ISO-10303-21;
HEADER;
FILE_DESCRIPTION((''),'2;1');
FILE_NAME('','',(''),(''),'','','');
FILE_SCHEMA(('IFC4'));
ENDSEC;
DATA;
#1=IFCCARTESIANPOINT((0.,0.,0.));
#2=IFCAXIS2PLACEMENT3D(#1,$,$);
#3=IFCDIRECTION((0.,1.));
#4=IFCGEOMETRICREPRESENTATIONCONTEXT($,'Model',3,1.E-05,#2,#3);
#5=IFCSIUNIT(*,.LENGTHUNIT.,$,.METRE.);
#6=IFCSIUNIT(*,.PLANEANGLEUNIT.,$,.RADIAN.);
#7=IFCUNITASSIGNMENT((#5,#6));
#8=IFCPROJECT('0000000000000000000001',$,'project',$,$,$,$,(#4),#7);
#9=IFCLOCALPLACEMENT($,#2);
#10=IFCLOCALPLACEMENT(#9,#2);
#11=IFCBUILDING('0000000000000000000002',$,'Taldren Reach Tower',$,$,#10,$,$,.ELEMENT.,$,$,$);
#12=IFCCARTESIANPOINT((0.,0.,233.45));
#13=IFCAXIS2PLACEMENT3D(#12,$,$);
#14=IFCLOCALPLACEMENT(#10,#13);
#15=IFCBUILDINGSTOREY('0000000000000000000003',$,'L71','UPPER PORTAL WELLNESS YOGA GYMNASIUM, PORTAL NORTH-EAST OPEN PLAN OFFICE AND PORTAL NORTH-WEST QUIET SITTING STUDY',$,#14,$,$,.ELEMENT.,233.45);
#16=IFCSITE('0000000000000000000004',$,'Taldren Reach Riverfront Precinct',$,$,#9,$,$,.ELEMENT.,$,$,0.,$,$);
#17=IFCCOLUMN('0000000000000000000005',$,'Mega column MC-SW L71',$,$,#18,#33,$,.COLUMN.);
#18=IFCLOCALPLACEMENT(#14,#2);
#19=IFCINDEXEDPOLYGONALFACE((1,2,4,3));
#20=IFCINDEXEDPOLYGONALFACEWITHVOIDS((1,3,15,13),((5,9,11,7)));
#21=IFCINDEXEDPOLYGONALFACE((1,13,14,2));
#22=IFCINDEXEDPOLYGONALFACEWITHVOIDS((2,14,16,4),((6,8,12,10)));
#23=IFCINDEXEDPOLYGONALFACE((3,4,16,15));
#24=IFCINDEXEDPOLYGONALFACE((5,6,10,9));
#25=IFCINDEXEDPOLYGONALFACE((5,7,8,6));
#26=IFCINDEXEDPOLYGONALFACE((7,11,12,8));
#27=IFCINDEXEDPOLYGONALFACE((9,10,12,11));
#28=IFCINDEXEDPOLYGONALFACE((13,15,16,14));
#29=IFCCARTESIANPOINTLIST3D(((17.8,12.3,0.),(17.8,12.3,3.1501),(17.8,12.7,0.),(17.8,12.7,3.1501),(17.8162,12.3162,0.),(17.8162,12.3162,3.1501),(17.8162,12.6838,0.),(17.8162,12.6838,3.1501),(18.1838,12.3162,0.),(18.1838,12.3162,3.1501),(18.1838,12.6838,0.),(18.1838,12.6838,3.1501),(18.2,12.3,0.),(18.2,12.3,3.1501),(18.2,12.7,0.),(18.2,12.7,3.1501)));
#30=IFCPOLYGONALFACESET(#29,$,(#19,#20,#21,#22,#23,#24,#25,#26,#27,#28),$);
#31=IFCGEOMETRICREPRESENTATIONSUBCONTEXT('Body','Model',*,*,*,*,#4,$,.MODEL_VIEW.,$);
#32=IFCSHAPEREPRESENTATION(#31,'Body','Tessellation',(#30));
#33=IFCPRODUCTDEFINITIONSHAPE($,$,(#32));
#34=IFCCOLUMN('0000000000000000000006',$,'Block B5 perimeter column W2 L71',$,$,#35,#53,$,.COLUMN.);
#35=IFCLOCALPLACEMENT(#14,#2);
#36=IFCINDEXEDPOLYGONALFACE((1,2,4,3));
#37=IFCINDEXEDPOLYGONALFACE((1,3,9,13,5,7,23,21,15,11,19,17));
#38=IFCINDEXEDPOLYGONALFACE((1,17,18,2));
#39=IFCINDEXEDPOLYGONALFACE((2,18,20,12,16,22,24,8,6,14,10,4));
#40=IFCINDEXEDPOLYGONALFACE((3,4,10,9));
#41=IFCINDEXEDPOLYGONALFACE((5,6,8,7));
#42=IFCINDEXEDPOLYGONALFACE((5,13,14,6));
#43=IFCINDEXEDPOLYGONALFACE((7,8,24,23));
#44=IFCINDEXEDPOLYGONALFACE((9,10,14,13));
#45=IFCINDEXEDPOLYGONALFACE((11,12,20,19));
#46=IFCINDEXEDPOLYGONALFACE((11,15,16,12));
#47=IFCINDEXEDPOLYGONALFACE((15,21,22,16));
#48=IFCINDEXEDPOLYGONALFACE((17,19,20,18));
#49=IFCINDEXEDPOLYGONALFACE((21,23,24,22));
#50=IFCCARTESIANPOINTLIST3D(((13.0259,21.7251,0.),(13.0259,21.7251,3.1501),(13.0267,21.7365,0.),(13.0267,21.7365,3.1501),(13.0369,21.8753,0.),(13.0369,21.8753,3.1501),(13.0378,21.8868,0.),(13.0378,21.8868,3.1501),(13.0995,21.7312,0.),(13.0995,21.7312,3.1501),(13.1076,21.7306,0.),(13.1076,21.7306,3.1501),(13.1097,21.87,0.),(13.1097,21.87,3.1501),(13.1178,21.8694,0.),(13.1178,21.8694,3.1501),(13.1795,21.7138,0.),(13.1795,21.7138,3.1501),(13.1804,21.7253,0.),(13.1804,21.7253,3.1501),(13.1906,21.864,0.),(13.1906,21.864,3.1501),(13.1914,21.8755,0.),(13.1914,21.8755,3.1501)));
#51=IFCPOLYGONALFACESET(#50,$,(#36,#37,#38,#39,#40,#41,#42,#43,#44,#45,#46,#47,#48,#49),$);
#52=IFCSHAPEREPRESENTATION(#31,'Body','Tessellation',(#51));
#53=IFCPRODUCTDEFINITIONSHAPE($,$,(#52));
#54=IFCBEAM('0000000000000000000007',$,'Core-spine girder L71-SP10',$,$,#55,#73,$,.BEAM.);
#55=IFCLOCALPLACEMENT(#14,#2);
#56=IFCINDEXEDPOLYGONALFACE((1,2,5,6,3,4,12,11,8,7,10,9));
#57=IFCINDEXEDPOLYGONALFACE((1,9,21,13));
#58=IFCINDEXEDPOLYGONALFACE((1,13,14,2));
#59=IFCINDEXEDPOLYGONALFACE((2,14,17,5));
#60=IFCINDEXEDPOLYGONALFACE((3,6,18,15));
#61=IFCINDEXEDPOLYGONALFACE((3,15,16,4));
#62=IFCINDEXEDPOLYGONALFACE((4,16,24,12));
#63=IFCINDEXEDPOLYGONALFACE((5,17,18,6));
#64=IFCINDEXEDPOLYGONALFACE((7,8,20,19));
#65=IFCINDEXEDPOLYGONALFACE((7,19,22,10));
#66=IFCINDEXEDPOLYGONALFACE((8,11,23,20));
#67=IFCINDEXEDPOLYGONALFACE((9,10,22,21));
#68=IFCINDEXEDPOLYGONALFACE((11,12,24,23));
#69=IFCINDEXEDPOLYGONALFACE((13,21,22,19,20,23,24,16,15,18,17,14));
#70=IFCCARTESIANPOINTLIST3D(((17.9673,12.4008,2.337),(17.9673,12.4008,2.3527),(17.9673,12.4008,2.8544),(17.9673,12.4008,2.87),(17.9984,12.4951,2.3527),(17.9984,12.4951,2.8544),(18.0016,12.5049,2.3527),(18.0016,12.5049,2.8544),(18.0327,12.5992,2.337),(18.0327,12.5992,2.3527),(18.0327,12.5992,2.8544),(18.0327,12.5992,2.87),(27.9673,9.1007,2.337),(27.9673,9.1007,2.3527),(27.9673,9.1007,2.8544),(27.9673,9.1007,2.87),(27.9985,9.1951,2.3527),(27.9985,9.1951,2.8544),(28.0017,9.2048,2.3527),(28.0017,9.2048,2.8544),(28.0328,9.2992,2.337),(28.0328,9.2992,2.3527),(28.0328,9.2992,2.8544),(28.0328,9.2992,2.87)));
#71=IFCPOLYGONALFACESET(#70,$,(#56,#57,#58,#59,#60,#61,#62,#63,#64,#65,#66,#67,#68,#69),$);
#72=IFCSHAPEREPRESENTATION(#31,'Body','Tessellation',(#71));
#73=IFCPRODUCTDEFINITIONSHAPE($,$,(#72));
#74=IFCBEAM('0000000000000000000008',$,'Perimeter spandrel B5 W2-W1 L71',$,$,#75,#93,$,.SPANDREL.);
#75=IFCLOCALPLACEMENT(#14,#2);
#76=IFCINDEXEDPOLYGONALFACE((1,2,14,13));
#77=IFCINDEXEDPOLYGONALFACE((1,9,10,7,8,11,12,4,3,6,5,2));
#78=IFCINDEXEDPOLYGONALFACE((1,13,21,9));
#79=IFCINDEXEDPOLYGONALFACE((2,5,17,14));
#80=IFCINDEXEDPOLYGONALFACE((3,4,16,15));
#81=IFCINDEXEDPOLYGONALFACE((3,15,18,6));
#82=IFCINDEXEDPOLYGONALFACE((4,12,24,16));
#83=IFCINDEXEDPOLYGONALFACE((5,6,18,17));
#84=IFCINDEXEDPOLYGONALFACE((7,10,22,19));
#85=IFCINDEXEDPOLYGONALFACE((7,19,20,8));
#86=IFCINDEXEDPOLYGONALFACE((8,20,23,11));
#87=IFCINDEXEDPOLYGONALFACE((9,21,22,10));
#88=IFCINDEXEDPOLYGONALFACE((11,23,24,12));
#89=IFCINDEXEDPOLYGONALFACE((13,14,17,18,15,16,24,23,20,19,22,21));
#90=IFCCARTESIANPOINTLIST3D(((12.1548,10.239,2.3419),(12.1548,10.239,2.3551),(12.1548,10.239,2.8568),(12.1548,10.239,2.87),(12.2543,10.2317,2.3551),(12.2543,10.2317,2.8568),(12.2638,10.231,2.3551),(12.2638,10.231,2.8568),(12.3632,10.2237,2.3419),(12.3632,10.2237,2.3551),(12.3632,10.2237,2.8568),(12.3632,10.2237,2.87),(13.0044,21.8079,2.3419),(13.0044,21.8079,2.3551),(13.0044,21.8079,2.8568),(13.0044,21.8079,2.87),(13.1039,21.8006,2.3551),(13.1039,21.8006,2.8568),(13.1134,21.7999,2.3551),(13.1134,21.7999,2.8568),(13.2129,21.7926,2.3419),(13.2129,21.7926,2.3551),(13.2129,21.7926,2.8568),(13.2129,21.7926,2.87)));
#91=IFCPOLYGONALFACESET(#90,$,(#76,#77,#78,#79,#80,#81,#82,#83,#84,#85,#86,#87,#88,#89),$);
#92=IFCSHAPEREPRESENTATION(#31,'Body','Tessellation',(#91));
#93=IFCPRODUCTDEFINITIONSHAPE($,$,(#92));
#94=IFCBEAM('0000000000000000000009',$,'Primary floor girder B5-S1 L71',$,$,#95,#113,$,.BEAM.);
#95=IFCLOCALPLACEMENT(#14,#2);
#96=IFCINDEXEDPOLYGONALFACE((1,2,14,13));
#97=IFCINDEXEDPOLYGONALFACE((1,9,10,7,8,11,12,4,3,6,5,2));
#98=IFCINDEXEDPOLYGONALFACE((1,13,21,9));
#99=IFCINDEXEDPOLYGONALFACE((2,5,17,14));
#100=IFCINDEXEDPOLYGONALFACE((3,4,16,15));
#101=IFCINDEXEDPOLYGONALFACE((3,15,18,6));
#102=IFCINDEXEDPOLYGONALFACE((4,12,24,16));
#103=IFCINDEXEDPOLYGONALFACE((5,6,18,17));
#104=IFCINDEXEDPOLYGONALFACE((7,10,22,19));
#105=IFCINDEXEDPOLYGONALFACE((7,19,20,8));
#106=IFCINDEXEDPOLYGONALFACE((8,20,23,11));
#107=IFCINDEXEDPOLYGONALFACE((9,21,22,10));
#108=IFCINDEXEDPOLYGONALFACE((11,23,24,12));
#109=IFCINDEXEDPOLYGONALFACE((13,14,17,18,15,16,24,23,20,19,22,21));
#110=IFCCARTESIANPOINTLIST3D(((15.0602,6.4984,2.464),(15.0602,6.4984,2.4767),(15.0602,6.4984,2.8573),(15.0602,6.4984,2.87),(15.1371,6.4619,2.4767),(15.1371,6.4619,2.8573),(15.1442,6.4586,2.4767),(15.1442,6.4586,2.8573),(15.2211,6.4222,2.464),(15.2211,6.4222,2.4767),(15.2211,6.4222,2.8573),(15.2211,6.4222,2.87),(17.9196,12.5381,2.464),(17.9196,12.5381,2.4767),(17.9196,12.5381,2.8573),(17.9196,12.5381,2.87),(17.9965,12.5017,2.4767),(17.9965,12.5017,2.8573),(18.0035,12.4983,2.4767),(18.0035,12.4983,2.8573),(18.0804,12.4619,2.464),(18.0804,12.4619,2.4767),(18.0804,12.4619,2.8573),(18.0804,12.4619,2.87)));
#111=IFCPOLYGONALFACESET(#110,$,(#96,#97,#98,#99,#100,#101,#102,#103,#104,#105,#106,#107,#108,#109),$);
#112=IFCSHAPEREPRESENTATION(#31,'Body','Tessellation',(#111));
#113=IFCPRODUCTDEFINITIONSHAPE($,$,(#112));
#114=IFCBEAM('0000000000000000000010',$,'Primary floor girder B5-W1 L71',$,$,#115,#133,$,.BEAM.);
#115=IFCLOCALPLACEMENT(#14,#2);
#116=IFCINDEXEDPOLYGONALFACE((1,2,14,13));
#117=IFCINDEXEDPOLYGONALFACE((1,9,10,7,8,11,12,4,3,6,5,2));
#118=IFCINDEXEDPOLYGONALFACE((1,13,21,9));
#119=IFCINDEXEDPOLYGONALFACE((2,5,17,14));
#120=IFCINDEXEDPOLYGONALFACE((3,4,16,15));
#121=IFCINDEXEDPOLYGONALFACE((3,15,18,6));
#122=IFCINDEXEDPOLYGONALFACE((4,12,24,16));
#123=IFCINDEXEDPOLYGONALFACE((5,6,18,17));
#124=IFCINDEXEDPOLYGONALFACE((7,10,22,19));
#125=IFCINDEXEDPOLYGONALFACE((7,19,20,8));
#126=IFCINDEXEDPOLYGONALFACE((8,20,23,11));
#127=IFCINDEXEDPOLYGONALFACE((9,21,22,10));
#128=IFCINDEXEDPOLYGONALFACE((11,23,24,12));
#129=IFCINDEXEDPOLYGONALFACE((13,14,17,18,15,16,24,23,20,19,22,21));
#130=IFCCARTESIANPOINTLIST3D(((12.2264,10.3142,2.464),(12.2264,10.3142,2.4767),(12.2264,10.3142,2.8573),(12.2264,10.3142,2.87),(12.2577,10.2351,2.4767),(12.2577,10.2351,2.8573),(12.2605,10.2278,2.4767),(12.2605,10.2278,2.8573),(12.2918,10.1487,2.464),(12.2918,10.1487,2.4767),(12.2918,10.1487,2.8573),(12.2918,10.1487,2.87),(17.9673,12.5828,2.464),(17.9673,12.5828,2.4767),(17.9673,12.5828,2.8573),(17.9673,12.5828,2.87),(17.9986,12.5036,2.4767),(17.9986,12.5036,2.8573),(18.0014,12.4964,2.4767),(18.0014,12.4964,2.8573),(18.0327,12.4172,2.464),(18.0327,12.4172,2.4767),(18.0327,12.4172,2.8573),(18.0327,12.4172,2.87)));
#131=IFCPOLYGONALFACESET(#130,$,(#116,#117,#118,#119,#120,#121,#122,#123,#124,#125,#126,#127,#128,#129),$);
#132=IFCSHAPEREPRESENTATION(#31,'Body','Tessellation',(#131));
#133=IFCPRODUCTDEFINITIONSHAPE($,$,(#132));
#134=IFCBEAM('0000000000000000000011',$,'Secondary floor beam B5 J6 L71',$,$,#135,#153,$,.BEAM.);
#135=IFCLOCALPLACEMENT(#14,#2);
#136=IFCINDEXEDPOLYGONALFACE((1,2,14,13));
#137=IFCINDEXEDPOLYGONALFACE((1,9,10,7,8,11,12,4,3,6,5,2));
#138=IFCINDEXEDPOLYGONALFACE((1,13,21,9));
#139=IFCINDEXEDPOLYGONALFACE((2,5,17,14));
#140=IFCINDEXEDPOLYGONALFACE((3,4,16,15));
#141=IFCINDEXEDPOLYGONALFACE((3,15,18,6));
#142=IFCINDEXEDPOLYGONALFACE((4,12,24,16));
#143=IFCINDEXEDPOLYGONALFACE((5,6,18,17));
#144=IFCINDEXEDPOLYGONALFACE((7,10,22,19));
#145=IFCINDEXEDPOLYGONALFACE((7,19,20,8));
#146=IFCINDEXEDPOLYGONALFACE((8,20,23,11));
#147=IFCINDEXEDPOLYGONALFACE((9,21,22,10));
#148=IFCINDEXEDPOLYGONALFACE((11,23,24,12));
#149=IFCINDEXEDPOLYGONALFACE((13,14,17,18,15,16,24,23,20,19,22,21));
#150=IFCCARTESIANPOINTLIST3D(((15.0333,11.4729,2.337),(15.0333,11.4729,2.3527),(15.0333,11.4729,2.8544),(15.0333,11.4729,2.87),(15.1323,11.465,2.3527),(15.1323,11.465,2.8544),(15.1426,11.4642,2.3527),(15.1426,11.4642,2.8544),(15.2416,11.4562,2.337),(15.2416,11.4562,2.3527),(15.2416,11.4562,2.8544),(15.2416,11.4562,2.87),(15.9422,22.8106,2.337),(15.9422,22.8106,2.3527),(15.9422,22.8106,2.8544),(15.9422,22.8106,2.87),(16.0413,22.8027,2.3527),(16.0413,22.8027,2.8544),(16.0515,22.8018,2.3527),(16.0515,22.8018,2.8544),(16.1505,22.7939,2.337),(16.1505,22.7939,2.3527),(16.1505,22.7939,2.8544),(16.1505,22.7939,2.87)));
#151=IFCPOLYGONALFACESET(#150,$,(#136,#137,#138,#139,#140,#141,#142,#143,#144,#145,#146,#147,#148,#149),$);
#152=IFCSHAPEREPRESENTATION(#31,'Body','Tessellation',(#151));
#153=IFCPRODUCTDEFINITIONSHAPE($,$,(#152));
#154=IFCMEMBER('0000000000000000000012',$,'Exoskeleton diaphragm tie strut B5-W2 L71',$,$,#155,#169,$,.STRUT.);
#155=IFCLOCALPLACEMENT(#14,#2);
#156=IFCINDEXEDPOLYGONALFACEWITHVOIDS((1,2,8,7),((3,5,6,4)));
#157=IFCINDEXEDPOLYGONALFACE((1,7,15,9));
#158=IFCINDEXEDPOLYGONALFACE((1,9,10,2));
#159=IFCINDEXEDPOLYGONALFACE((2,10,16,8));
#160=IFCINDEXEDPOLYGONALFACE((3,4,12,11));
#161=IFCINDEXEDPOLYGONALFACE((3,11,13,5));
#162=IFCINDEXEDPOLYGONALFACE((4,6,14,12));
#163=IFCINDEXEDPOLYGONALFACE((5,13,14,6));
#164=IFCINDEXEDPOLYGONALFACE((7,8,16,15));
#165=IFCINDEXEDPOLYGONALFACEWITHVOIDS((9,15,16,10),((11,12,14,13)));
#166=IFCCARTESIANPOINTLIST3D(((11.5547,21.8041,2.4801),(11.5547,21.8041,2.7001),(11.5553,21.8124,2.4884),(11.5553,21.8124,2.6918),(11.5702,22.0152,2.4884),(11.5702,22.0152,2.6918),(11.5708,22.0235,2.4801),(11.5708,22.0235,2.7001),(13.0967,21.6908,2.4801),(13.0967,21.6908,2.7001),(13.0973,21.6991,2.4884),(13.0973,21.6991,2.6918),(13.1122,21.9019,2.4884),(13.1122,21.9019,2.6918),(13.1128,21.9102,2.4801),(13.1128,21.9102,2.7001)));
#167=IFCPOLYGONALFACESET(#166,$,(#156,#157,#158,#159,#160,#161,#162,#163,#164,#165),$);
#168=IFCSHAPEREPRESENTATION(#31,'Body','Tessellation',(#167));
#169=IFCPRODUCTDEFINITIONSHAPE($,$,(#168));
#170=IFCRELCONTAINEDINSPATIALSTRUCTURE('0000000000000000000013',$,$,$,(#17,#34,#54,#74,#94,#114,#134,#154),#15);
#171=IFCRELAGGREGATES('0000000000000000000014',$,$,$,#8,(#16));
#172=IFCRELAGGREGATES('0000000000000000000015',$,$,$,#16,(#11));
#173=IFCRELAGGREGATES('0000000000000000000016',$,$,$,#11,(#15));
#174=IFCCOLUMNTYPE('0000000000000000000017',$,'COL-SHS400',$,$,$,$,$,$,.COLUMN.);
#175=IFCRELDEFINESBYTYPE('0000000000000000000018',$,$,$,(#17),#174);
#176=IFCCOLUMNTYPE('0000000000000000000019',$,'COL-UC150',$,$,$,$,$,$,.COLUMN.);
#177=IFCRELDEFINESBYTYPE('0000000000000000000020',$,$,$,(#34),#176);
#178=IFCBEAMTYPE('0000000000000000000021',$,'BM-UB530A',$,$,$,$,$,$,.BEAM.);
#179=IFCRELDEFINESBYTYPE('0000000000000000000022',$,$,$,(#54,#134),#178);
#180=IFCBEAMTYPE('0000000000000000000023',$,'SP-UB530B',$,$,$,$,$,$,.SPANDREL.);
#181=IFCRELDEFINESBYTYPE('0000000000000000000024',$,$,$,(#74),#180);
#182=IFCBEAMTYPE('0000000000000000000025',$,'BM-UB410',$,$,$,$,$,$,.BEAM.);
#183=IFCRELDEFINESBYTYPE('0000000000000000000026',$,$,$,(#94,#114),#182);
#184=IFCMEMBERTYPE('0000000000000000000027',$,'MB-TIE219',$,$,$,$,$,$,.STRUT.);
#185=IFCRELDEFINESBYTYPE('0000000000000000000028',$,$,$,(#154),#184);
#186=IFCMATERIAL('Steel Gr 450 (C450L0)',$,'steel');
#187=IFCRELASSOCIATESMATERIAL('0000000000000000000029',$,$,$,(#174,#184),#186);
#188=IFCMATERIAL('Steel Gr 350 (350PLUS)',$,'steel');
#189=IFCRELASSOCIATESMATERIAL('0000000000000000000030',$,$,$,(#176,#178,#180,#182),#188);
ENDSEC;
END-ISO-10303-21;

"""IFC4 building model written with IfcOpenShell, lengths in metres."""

from ifc_helpers import new_model, si_unit, direction, frame, origin, origin_2d, place, context, subcontext, project, spatial, hollow_rectangle, i_section, extrude, source, transform, mapped, material, material_profile, profile_set, type_object, element, save


model = new_model("IFC4")

# Units and contexts
model_context = context("Model", 3, precision=1e-05, world=origin(), true_north=direction((0.0, 1.0)))
body_context = subcontext(model_context, "Body", "Model", "MODEL_VIEW")
ifc_project = project(units=[si_unit("LENGTHUNIT", "METRE"), si_unit("PLANEANGLEUNIT", "RADIAN")], contexts=[model_context])

# Site, building, storey
site_placement = place(None, origin())
site = spatial("IfcSite", under=ifc_project, at=site_placement, Name="Taldren Reach Riverfront Precinct", CompositionType="ELEMENT", RefElevation=0.0)
building_placement = place(site_placement, origin())
building = spatial("IfcBuilding", under=site, at=building_placement, Name="Taldren Reach Tower", CompositionType="ELEMENT")
storey_placement = place(building_placement, frame((0.0, 0.0, 233.45)))
storey = spatial("IfcBuildingStorey", under=building, at=storey_placement, Name="L71", Description="UPPER PORTAL WELLNESS YOGA GYMNASIUM, PORTAL NORTH-EAST OPEN PLAN OFFICE AND PORTAL NORTH-WEST QUIET SITTING STUDY", CompositionType="ELEMENT", Elevation=233.45)

# Columns
ifc_material_1 = material(Name="Steel Gr 450 (C450L0)", Category="steel")
ifc_material_profile_1 = material_profile(ifc_material_1, hollow_rectangle(XDim=0.3999, YDim=0.3999, WallThickness=0.0161, at=origin_2d()), Name="400x400x16.0SHS")
ifc_profile_set_1 = profile_set([ifc_material_profile_1], Name="Steel Gr 450 (C450L0)")
column_type_1 = type_object("IfcColumnType", Name="COL-SHS400", PredefinedType="COLUMN", material=ifc_profile_set_1)
shared_shape_1 = source(origin(), body_context, "Body", "SweptSolid", [
    extrude(hollow_rectangle(XDim=0.3999, YDim=0.3999, WallThickness=0.0161, at=origin_2d()), origin(), (0.0, 0.0, 1.0), 3.1501),
])
column_1_placement = place(storey_placement, frame((18.0, 12.5, 0.0), z_axis=(0.0, 0.0, 1.0), x_axis=(1.0, 0.0, 0.0)))
element("IfcColumn", 1, at=column_1_placement, inside=storey, type_object=column_type_1, Name="Mega column MC-SW L71", PredefinedType="COLUMN", context=body_context, shape_type="MappedRepresentation", body=[
    mapped(shared_shape_1, transform((0.0, 0.0, 0.0), scale=1.0)),
])
ifc_material_2 = material(Name="Steel Gr 350 (350PLUS)", Category="steel")
ifc_material_profile_2 = material_profile(ifc_material_2, i_section(OverallWidth=0.1541, OverallDepth=0.1621, WebThickness=0.0081, FlangeThickness=0.0115, at=origin_2d()), Name="150UC37.2")
ifc_profile_set_2 = profile_set([ifc_material_profile_2], Name="Steel Gr 350 (350PLUS)")
column_type_2 = type_object("IfcColumnType", Name="COL-UC150", PredefinedType="COLUMN", material=ifc_profile_set_2)
shared_shape_2 = source(origin(), body_context, "Body", "SweptSolid", [
    extrude(i_section(OverallWidth=0.1541, OverallDepth=0.1621, WebThickness=0.0081, FlangeThickness=0.0115, at=origin_2d()), origin(), (0.0, 0.0, 1.0), 3.1501),
])
column_2_placement = place(storey_placement, frame((13.1086, 21.8003, 0.0), z_axis=(0.0, 0.0, 1.0), x_axis=(0.997314, -0.073238, 0.0)))
element("IfcColumn", 2, at=column_2_placement, inside=storey, type_object=column_type_2, Name="Block B5 perimeter column W2 L71", PredefinedType="COLUMN", context=body_context, shape_type="MappedRepresentation", body=[
    mapped(shared_shape_2, transform((0.0, 0.0, 0.0), scale=1.0)),
])

# Beams
ifc_material_profile_3 = material_profile(ifc_material_2, i_section(OverallWidth=0.209, OverallDepth=0.533, WebThickness=0.0103, FlangeThickness=0.0156, at=origin_2d()), Name="530UB92.4")
ifc_profile_set_3 = profile_set([ifc_material_profile_3], Name="Steel Gr 350 (350PLUS)")
beam_type_1 = type_object("IfcBeamType", Name="BM-UB530A", PredefinedType="BEAM", material=ifc_profile_set_3)
shared_shape_3 = source(origin(), body_context, "Body", "SweptSolid", [
    extrude(i_section(OverallWidth=0.209, OverallDepth=0.533, WebThickness=0.0103, FlangeThickness=0.0156, at=origin_2d()), origin(), (0.0, 0.0, 1.0), 10.5305),
])
beam_1_placement = place(storey_placement, frame((18.0, 12.5, 2.6035), z_axis=(0.949627, -0.313382, 0.0), x_axis=(0.313382, 0.949627, 0.0)))
element("IfcBeam", 3, at=beam_1_placement, inside=storey, type_object=beam_type_1, Name="Core-spine girder L71-SP10", PredefinedType="BEAM", context=body_context, shape_type="MappedRepresentation", body=[
    mapped(shared_shape_3, transform((0.0, 0.0, 0.0), scale=1.0)),
])
ifc_material_profile_4 = material_profile(ifc_material_2, i_section(OverallWidth=0.209, OverallDepth=0.5281, WebThickness=0.0095, FlangeThickness=0.0132, at=origin_2d()), Name="530UB82.0")
ifc_profile_set_4 = profile_set([ifc_material_profile_4], Name="Steel Gr 350 (350PLUS)")
beam_type_2 = type_object("IfcBeamType", Name="SP-UB530B", PredefinedType="SPANDREL", material=ifc_profile_set_4)
shared_shape_4 = source(origin(), body_context, "Body", "SweptSolid", [
    extrude(i_section(OverallWidth=0.209, OverallDepth=0.5281, WebThickness=0.0095, FlangeThickness=0.0132, at=origin_2d()), origin(), (0.0, 0.0, 1.0), 11.6001),
])
beam_2_placement = place(storey_placement, frame((13.1086, 21.8003, 2.606), z_axis=(-0.073242, -0.997314, 0.0), x_axis=(0.997314, -0.073242, 0.0)))
element("IfcBeam", 4, at=beam_2_placement, inside=storey, type_object=beam_type_2, Name="Perimeter spandrel B5 W2-W1 L71", PredefinedType="SPANDREL", context=body_context, shape_type="MappedRepresentation", body=[
    mapped(shared_shape_4, transform((0.0, 0.0, 0.0), scale=1.0)),
])
ifc_material_profile_5 = material_profile(ifc_material_2, i_section(OverallWidth=0.178, OverallDepth=0.406, WebThickness=0.0078, FlangeThickness=0.0127, at=origin_2d()), Name="410UB59.7")
ifc_profile_set_5 = profile_set([ifc_material_profile_5], Name="Steel Gr 350 (350PLUS)")
beam_type_3 = type_object("IfcBeamType", Name="BM-UB410", PredefinedType="BEAM", material=ifc_profile_set_5)
shared_shape_5 = source(origin(), body_context, "Body", "SweptSolid", [
    extrude(i_section(OverallWidth=0.178, OverallDepth=0.406, WebThickness=0.0078, FlangeThickness=0.0127, at=origin_2d()), origin(), (0.0, 0.0, 1.0), 6.6824),
])
beam_3_placement = place(storey_placement, frame((18.0, 12.5, 2.667), z_axis=(-0.427893, -0.903829, 0.0), x_axis=(0.903829, -0.427893, 0.0)))
element("IfcBeam", 5, at=beam_3_placement, inside=storey, type_object=beam_type_3, Name="Primary floor girder B5-S1 L71", PredefinedType="BEAM", context=body_context, shape_type="MappedRepresentation", body=[
    mapped(shared_shape_5, transform((0.0, 0.0, 0.0), scale=1.0)),
])
shared_shape_6 = source(origin(), body_context, "Body", "SweptSolid", [
    extrude(i_section(OverallWidth=0.178, OverallDepth=0.406, WebThickness=0.0078, FlangeThickness=0.0127, at=origin_2d()), origin(), (0.0, 0.0, 1.0), 6.1729),
])
beam_4_placement = place(storey_placement, frame((18.0, 12.5, 2.667), z_axis=(-0.930023, -0.367501, 0.0), x_axis=(0.367501, -0.930023, 0.0)))
element("IfcBeam", 6, at=beam_4_placement, inside=storey, type_object=beam_type_3, Name="Primary floor girder B5-W1 L71", PredefinedType="BEAM", context=body_context, shape_type="MappedRepresentation", body=[
    mapped(shared_shape_6, transform((0.0, 0.0, 0.0), scale=1.0)),
])
shared_shape_7 = source(origin(), body_context, "Body", "SweptSolid", [
    extrude(i_section(OverallWidth=0.209, OverallDepth=0.533, WebThickness=0.0103, FlangeThickness=0.0156, at=origin_2d()), origin(), (0.0, 0.0, 1.0), 11.374),
])
beam_5_placement = place(storey_placement, frame((15.1375, 11.4646, 2.6035), z_axis=(0.079913, 0.996802, 0.0), x_axis=(-0.996802, 0.079913, 0.0)))
element("IfcBeam", 7, at=beam_5_placement, inside=storey, type_object=beam_type_1, Name="Secondary floor beam B5 J6 L71", PredefinedType="BEAM", context=body_context, shape_type="MappedRepresentation", body=[
    mapped(shared_shape_7, transform((0.0, 0.0, 0.0), scale=1.0)),
])

# Member
ifc_material_profile_6 = material_profile(ifc_material_1, hollow_rectangle(XDim=0.22, YDim=0.22, WallThickness=0.0083, at=origin_2d()), Name="220x220x8.2SHS")
ifc_profile_set_6 = profile_set([ifc_material_profile_6], Name="Steel Gr 450 (C450L0)")
member_type_1 = type_object("IfcMemberType", Name="MB-TIE219", PredefinedType="STRUT", material=ifc_profile_set_6)
shared_shape_8 = source(origin(), body_context, "Body", "SweptSolid", [
    extrude(hollow_rectangle(XDim=0.22, YDim=0.22, WallThickness=0.0083, at=origin_2d()), origin(), (0.0, 0.0, 1.0), 1.5461),
])
member_1_placement = place(storey_placement, frame((13.1047, 21.8005, 2.5901), z_axis=(-0.997312, 0.073267, 0.0), x_axis=(-0.073267, -0.997312, 0.0)))
element("IfcMember", 8, at=member_1_placement, inside=storey, type_object=member_type_1, Name="Exoskeleton diaphragm tie strut B5-W2 L71", PredefinedType="STRUT", context=body_context, shape_type="MappedRepresentation", body=[
    mapped(shared_shape_8, transform((0.0, 0.0, 0.0), scale=1.0)),
])

save(model, "model.ifc")
